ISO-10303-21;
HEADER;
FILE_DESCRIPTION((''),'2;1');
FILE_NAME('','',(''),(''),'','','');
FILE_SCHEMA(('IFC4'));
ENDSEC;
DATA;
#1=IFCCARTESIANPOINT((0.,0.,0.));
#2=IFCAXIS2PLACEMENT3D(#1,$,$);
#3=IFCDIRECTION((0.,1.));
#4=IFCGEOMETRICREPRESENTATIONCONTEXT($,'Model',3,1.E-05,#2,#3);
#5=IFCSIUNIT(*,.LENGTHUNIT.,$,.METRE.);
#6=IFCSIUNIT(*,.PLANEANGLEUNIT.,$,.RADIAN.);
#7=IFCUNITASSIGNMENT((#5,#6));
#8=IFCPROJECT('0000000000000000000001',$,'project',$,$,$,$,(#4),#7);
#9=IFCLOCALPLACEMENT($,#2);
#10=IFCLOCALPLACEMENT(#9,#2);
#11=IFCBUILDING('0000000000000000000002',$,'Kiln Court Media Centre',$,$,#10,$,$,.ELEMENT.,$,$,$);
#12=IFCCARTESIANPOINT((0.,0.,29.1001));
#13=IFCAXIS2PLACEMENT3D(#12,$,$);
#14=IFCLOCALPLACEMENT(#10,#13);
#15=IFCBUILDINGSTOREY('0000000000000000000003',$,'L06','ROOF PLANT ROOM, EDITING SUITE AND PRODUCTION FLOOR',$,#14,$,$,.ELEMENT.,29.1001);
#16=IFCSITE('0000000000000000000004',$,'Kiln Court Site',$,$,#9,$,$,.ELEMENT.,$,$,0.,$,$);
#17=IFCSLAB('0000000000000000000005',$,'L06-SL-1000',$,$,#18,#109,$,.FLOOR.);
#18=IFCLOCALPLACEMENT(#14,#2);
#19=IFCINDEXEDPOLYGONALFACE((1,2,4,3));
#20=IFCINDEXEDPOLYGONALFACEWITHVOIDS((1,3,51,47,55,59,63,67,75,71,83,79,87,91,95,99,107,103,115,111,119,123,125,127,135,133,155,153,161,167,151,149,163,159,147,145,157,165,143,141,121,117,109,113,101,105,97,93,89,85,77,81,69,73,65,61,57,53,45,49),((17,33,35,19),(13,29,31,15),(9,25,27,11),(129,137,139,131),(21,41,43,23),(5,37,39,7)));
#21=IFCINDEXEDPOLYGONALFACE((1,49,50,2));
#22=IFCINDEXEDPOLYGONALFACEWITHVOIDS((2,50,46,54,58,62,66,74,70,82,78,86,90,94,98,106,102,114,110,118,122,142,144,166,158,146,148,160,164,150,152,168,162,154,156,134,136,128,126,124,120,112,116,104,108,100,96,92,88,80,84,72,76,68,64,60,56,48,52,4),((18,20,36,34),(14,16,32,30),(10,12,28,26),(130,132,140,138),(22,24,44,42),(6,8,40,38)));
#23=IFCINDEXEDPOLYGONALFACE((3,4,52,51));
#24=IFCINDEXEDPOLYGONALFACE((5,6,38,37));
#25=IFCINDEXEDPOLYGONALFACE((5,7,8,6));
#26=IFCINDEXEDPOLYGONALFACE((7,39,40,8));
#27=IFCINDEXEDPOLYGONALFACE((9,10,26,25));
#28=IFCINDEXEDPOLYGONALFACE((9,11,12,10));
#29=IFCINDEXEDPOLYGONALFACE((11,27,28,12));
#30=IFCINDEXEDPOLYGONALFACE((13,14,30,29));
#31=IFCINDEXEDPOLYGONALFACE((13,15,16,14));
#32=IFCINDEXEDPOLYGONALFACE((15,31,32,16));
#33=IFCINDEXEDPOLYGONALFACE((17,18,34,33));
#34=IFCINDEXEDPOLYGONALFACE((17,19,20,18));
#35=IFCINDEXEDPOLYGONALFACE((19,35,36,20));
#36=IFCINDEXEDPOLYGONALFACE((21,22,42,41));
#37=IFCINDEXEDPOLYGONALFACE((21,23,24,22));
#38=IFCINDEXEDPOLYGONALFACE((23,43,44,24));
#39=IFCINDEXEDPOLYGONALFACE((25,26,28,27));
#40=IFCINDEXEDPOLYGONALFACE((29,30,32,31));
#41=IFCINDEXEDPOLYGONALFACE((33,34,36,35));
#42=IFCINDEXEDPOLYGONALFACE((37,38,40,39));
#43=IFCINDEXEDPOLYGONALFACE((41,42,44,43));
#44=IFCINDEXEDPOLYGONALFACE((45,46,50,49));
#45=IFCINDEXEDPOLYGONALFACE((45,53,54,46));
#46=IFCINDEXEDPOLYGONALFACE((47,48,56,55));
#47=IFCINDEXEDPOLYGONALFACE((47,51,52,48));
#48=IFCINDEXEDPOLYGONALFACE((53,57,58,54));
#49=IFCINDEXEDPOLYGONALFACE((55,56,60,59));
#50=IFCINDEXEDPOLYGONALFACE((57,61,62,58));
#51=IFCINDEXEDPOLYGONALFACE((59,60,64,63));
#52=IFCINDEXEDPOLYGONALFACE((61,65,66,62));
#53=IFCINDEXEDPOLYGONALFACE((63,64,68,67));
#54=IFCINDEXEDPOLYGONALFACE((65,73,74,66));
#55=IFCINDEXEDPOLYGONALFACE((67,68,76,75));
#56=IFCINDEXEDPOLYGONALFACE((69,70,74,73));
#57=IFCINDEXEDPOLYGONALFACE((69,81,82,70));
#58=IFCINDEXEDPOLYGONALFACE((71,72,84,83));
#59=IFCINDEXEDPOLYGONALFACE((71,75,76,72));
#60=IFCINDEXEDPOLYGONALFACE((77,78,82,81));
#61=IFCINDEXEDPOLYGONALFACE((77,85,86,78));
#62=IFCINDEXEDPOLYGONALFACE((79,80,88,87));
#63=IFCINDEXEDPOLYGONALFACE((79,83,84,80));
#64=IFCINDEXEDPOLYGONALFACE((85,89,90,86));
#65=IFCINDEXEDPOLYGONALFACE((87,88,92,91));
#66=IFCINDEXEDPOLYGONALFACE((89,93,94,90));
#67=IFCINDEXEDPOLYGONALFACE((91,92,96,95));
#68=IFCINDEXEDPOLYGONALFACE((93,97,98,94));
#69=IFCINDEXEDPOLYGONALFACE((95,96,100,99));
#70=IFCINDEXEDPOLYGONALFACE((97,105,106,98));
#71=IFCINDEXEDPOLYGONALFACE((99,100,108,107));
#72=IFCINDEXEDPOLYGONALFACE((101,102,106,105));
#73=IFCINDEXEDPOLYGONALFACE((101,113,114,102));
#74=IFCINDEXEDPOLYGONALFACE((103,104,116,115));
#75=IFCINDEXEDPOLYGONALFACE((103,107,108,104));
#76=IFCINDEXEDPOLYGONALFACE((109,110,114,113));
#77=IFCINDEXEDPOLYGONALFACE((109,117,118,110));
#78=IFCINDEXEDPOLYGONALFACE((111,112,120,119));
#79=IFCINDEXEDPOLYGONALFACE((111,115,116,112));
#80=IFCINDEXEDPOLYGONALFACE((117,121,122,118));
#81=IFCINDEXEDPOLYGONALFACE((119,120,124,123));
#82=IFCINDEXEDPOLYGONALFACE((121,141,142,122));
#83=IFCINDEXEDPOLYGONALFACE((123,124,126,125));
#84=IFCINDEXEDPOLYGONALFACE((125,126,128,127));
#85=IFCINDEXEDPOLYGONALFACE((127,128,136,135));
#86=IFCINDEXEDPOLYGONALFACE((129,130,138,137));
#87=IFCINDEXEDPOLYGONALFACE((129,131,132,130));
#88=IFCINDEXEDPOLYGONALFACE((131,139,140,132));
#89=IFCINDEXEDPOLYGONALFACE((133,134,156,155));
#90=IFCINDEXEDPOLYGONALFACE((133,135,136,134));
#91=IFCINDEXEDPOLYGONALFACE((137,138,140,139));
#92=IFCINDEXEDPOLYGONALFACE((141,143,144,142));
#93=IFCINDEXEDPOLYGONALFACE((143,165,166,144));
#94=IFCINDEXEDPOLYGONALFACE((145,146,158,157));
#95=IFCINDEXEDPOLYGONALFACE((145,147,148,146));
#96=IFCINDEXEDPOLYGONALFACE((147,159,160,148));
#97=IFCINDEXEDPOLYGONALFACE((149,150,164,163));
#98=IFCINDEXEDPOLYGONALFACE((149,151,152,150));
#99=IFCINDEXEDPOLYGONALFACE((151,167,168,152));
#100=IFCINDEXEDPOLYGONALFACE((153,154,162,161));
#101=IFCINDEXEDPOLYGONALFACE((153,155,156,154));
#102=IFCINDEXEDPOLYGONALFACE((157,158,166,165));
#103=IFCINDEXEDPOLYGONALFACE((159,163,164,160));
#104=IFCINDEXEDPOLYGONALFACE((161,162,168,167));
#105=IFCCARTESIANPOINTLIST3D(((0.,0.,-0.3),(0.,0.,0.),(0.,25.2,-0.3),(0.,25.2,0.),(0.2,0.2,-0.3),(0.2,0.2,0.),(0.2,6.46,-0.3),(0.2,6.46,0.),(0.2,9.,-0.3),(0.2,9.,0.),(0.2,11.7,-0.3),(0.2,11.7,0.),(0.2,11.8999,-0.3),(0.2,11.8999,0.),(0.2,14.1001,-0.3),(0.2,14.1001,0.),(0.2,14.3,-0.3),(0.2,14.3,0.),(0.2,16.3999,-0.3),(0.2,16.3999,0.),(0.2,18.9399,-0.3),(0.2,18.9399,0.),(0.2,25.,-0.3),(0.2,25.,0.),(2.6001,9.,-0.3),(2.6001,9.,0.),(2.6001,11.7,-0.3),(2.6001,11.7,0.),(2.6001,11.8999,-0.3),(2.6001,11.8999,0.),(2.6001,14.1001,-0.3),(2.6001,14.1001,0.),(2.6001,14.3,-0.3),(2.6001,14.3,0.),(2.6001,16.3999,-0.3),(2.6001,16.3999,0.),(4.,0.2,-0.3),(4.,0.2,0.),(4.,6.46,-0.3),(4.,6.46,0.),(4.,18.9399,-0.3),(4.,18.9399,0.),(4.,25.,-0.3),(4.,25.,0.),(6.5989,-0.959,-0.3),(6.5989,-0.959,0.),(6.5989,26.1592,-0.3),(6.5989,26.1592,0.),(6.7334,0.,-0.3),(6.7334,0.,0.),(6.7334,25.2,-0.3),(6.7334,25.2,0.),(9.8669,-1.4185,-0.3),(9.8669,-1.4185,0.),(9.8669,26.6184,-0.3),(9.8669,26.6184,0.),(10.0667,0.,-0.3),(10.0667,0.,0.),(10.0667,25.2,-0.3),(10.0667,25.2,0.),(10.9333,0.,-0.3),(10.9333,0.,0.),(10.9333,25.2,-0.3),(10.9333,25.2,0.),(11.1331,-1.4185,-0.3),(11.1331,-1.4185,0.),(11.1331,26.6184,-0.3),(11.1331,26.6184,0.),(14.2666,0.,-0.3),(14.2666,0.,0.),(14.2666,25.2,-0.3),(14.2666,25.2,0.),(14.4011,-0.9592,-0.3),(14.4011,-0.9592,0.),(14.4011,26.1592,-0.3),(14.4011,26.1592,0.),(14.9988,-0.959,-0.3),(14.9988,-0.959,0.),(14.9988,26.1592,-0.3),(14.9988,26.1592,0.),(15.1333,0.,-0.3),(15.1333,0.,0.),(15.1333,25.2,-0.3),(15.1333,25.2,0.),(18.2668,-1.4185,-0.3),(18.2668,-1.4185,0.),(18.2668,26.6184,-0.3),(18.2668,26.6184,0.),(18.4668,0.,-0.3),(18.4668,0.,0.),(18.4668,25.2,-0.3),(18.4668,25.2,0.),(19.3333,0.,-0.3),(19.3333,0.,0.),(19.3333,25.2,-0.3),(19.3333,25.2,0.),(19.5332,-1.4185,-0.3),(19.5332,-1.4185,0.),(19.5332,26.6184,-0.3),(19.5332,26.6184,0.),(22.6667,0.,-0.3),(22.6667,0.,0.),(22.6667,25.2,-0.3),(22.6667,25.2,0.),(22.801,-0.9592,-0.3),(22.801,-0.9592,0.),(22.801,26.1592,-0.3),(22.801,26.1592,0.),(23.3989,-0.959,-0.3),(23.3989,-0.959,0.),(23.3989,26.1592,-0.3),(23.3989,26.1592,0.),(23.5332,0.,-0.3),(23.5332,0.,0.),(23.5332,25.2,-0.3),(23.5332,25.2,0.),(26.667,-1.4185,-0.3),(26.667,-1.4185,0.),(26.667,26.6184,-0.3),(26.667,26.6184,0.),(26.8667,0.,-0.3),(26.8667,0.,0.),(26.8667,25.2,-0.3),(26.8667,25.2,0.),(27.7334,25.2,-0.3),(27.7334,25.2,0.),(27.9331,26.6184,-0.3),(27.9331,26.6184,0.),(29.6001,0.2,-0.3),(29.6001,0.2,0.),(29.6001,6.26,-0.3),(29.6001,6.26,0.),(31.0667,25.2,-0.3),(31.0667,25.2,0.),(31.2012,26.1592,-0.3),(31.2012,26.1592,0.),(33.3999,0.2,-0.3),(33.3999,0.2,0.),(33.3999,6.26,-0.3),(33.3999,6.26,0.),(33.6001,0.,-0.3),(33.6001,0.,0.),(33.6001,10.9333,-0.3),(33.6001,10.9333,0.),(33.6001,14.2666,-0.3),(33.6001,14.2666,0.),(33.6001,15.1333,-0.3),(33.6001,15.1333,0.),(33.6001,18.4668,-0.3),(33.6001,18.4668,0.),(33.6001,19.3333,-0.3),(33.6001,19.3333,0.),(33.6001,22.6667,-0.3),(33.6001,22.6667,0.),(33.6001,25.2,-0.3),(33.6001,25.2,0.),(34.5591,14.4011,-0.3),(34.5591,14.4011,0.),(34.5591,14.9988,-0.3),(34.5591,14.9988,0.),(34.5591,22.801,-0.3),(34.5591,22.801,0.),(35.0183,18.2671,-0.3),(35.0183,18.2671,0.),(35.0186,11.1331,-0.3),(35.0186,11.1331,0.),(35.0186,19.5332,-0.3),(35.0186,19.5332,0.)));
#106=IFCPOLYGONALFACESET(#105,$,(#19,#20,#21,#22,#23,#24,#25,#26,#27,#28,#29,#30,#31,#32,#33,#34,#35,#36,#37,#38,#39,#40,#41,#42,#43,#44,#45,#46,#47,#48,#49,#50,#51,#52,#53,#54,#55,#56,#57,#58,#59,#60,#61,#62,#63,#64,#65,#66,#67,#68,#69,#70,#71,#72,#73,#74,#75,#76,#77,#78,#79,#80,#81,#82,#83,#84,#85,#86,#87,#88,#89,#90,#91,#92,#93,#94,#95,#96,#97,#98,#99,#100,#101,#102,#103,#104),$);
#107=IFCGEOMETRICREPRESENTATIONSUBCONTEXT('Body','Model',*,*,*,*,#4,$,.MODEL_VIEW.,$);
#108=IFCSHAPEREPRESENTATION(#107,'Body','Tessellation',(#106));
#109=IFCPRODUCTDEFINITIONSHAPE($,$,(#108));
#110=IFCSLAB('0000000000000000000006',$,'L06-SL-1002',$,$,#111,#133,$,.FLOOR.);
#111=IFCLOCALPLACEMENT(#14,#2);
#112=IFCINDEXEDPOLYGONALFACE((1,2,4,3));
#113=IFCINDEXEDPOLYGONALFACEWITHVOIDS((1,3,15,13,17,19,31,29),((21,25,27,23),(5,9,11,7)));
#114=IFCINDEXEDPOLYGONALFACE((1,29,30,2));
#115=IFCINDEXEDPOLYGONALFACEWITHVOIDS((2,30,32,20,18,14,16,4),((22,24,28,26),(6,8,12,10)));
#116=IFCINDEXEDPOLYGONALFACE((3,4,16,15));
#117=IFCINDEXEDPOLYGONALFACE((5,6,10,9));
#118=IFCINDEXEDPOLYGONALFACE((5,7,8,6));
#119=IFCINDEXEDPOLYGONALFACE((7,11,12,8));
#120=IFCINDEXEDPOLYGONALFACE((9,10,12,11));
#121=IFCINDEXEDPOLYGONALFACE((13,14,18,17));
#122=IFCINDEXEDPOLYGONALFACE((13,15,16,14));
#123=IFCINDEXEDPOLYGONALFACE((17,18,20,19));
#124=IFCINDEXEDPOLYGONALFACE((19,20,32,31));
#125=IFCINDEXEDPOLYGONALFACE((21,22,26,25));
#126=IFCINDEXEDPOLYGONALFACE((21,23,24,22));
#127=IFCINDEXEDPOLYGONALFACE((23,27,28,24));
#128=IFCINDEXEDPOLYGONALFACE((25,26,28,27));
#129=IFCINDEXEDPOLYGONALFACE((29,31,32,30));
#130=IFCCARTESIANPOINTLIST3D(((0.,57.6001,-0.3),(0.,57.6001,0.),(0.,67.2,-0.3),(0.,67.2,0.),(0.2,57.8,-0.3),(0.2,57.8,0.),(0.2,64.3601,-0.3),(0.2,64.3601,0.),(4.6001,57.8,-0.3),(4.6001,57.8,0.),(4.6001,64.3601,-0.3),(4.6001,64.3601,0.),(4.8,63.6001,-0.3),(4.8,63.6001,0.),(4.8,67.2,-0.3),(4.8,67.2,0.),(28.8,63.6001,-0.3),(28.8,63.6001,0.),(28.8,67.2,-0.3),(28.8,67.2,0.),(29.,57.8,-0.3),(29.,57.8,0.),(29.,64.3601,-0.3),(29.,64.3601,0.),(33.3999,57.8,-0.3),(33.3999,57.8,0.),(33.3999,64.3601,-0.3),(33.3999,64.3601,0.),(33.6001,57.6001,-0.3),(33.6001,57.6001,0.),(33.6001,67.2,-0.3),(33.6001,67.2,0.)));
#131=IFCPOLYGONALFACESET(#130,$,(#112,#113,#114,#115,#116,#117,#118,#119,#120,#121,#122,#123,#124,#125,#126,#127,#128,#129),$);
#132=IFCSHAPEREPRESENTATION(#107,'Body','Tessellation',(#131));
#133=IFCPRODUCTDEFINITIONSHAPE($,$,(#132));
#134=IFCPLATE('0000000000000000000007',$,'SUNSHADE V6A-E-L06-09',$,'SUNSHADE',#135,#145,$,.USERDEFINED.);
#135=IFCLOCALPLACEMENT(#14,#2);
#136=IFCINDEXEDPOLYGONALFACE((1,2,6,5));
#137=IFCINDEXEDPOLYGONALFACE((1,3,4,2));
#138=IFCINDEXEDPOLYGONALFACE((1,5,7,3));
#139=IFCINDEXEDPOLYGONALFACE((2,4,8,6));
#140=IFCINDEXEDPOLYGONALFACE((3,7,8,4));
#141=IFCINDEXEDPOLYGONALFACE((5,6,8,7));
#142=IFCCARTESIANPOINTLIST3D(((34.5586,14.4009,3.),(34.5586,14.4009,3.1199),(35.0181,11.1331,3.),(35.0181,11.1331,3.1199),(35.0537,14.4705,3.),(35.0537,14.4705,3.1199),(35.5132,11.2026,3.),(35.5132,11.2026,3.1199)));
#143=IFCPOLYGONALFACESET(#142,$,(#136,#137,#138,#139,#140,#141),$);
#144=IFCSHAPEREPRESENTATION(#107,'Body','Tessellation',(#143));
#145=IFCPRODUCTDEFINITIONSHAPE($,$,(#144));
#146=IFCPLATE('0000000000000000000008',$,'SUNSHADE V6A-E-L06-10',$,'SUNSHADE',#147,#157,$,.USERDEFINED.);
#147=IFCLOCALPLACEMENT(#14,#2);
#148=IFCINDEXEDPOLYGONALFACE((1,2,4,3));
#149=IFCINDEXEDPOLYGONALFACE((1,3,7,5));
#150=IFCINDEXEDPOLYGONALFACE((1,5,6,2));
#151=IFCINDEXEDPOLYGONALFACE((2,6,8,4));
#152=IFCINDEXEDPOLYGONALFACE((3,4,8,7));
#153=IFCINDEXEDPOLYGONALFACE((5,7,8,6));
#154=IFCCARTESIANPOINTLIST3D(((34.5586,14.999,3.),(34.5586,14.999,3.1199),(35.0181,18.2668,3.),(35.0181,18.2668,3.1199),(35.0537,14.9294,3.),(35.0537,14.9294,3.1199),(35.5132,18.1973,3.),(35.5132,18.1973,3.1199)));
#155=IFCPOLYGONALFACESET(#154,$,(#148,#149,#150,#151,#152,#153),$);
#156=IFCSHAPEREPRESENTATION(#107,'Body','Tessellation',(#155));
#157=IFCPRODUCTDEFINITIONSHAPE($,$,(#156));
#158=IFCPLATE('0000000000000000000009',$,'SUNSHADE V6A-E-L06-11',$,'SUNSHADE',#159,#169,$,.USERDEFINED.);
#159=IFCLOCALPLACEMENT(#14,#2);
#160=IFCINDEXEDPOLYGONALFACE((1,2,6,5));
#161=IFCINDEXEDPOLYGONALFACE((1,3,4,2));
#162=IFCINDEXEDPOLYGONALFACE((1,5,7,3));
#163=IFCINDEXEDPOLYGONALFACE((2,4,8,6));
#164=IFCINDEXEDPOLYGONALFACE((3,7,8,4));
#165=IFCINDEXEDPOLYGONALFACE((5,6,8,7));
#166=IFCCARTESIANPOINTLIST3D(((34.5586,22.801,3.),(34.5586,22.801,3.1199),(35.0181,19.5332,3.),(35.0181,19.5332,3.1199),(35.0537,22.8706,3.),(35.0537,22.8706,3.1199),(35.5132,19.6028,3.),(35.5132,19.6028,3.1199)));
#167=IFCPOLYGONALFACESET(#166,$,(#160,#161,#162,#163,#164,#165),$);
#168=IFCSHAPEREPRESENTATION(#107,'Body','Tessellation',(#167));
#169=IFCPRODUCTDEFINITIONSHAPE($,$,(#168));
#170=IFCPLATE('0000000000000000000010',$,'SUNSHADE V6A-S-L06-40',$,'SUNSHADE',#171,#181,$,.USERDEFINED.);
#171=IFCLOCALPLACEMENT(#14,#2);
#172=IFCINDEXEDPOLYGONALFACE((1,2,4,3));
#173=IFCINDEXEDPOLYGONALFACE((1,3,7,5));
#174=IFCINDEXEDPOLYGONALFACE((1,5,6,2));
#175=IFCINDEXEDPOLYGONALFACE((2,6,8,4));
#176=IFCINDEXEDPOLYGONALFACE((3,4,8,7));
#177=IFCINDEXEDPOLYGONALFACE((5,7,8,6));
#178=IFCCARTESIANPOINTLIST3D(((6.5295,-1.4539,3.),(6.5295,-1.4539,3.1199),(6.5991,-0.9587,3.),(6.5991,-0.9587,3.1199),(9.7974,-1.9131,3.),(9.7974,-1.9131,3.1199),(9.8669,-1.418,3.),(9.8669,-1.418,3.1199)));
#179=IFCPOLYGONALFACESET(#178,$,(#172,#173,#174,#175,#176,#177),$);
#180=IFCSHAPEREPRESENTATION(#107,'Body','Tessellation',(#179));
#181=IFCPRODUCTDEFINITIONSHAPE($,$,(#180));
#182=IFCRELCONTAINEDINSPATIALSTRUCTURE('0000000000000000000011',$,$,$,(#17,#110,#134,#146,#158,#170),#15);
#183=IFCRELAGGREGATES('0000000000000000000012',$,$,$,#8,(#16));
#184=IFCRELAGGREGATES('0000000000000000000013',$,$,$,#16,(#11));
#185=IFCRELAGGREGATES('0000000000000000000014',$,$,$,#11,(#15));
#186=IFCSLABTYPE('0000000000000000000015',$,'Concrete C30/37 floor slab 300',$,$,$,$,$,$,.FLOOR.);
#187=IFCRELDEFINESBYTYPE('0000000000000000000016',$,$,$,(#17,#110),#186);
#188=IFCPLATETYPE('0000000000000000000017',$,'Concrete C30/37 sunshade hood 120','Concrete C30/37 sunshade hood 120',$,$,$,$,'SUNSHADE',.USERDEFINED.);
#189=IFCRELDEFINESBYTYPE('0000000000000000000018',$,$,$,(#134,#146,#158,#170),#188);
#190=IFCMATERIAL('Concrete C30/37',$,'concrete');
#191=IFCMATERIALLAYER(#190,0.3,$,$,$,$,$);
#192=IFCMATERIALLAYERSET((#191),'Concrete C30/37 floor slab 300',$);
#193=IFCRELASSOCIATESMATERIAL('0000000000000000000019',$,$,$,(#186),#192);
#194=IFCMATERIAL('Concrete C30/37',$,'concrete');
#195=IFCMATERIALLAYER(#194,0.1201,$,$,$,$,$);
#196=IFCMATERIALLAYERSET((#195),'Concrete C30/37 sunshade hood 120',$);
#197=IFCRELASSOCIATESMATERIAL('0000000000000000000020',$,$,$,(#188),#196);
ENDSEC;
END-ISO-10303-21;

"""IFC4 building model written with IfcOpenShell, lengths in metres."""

from ifc_helpers import new_model, si_unit, direction, frame, origin, place, context, subcontext, project, spatial, polyline, outline, extrude, material, layer, layer_set, type_object, element, save


model = new_model("IFC4")

# Units and contexts
model_context = context("Model", 3, precision=1e-05, world=origin(), true_north=direction((0.0, 1.0)))
body_context = subcontext(model_context, "Body", "Model", "MODEL_VIEW")
ifc_project = project(units=[si_unit("LENGTHUNIT", "METRE"), si_unit("PLANEANGLEUNIT", "RADIAN")], contexts=[model_context])

# Site, building, storey
site_placement = place(None, origin())
site = spatial("IfcSite", under=ifc_project, at=site_placement, Name="Kiln Court Site", CompositionType="ELEMENT", RefElevation=0.0)
building_placement = place(site_placement, origin())
building = spatial("IfcBuilding", under=site, at=building_placement, Name="Kiln Court Media Centre", CompositionType="ELEMENT")
storey_placement = place(building_placement, frame((0.0, 0.0, 29.1001)))
storey = spatial("IfcBuildingStorey", under=building, at=storey_placement, Name="L06", Description="ROOF PLANT ROOM, EDITING SUITE AND PRODUCTION FLOOR", CompositionType="ELEMENT", Elevation=29.1001)

# Slabs
ifc_material_1 = material(Name="Concrete C30/37", Category="concrete")
ifc_layer_1 = layer(ifc_material_1, 0.3)
ifc_layer_set_1 = layer_set([ifc_layer_1], Name="Concrete C30/37 floor slab 300")
slab_type_1 = type_object("IfcSlabType", Name="Concrete C30/37 floor slab 300", PredefinedType="FLOOR", material=ifc_layer_set_1)
slab_1_placement = place(storey_placement, frame((0.0, 0.0, -0.3)))
element("IfcSlab", 1, at=slab_1_placement, inside=storey, type_object=slab_type_1, Name="L06-SL-1000", PredefinedType="FLOOR", context=body_context, shape_type="SweptSolid", body=[
    extrude(outline(polyline([(9.8669, -1.4185), (6.5989, -0.959), (6.7334, 0.0), (0.0, 0.0), (0.0, 25.2), (6.7334, 25.2), (6.5989, 26.1592), (9.8669, 26.6184), (10.0667, 25.2), (10.9333, 25.2), (11.1331, 26.6184), (14.4011, 26.1592), (14.2666, 25.2), (15.1333, 25.2), (14.9988, 26.1592), (18.2668, 26.6184), (18.4668, 25.2), (19.3333, 25.2), (19.5332, 26.6184), (22.801, 26.1592), (22.6667, 25.2), (23.5332, 25.2), (23.3989, 26.1592), (26.667, 26.6184), (26.8667, 25.2), (27.7334, 25.2), (27.9331, 26.6184), (31.2012, 26.1592), (31.0667, 25.2), (33.6001, 25.2), (33.6001, 22.6667), (34.5591, 22.801), (35.0186, 19.5332), (33.6001, 19.3333), (33.6001, 18.4668), (35.0183, 18.2671), (34.5591, 14.9988), (33.6001, 15.1333), (33.6001, 14.2666), (34.5591, 14.4011), (35.0186, 11.1331), (33.6001, 10.9333), (33.6001, 0.0), (26.8667, 0.0), (26.667, -1.4185), (23.3989, -0.959), (23.5332, 0.0), (22.6667, 0.0), (22.801, -0.9592), (19.5332, -1.4185), (19.3333, 0.0), (18.4668, 0.0), (18.2668, -1.4185), (14.9988, -0.959), (15.1333, 0.0), (14.2666, 0.0), (14.4011, -0.9592), (11.1331, -1.4185), (10.9333, 0.0), (10.0667, 0.0), (9.8669, -1.4185)]), holes=[polyline([(0.2, 0.2), (4.0, 0.2), (4.0, 6.46), (0.2, 6.46), (0.2, 0.2)]), polyline([(29.6001, 0.2), (33.3999, 0.2), (33.3999, 6.26), (29.6001, 6.26), (29.6001, 0.2)]), polyline([(0.2, 9.0), (2.6001, 9.0), (2.6001, 11.7), (0.2, 11.7), (0.2, 9.0)]), polyline([(0.2, 11.8999), (2.6001, 11.8999), (2.6001, 14.1001), (0.2, 14.1001), (0.2, 11.8999)]), polyline([(0.2, 14.3), (2.6001, 14.3), (2.6001, 16.3999), (0.2, 16.3999), (0.2, 14.3)]), polyline([(0.2, 18.9399), (4.0, 18.9399), (4.0, 25.0), (0.2, 25.0), (0.2, 18.9399)])]), origin(), (0.0, 0.0, 1.0), 0.3),
])
slab_2_placement = place(storey_placement, frame((0.0, 0.0, -0.3)))
element("IfcSlab", 2, at=slab_2_placement, inside=storey, type_object=slab_type_1, Name="L06-SL-1002", PredefinedType="FLOOR", context=body_context, shape_type="SweptSolid", body=[
    extrude(outline(polyline([(0.0, 57.6001), (0.0, 67.2), (4.8, 67.2), (4.8, 63.6001), (28.8, 63.6001), (28.8, 67.2), (33.6001, 67.2), (33.6001, 57.6001), (0.0, 57.6001)]), holes=[polyline([(0.2, 57.8), (4.6001, 57.8), (4.6001, 64.3601), (0.2, 64.3601), (0.2, 57.8)]), polyline([(29.0, 57.8), (33.3999, 57.8), (33.3999, 64.3601), (29.0, 64.3601), (29.0, 57.8)])]), origin(), (0.0, 0.0, 1.0), 0.3),
])

# Plates
ifc_material_2 = material(Name="Concrete C30/37", Category="concrete")
ifc_layer_2 = layer(ifc_material_2, 0.1201)
ifc_layer_set_2 = layer_set([ifc_layer_2], Name="Concrete C30/37 sunshade hood 120")
plate_type_1 = type_object("IfcPlateType", Name="Concrete C30/37 sunshade hood 120", Description="Concrete C30/37 sunshade hood 120", ElementType="SUNSHADE", PredefinedType="USERDEFINED", material=ifc_layer_set_2)
plate_1_placement = place(storey_placement, frame((0.0, 0.0, 3.0)))
element("IfcPlate", 3, at=plate_1_placement, inside=storey, type_object=plate_type_1, Name="SUNSHADE V6A-E-L06-09", ObjectType="SUNSHADE", PredefinedType="USERDEFINED", context=body_context, shape_type="SweptSolid", body=[
    extrude(outline(polyline([(35.0181, 11.1331), (34.5586, 14.4009), (35.0537, 14.4705), (35.5132, 11.2026), (35.0181, 11.1331)])), origin(), (0.0, 0.0, 1.0), 0.1199),
])
plate_2_placement = place(storey_placement, frame((0.0, 0.0, 3.0)))
element("IfcPlate", 4, at=plate_2_placement, inside=storey, type_object=plate_type_1, Name="SUNSHADE V6A-E-L06-10", ObjectType="SUNSHADE", PredefinedType="USERDEFINED", context=body_context, shape_type="SweptSolid", body=[
    extrude(outline(polyline([(34.5586, 14.999), (35.0181, 18.2668), (35.5132, 18.1973), (35.0537, 14.9294), (34.5586, 14.999)])), origin(), (0.0, 0.0, 1.0), 0.1199),
])
plate_3_placement = place(storey_placement, frame((0.0, 0.0, 3.0)))
element("IfcPlate", 5, at=plate_3_placement, inside=storey, type_object=plate_type_1, Name="SUNSHADE V6A-E-L06-11", ObjectType="SUNSHADE", PredefinedType="USERDEFINED", context=body_context, shape_type="SweptSolid", body=[
    extrude(outline(polyline([(35.0181, 19.5332), (34.5586, 22.801), (35.0537, 22.8706), (35.5132, 19.6028), (35.0181, 19.5332)])), origin(), (0.0, 0.0, 1.0), 0.1199),
])
plate_4_placement = place(storey_placement, frame((0.0, 0.0, 3.0)))
element("IfcPlate", 6, at=plate_4_placement, inside=storey, type_object=plate_type_1, Name="SUNSHADE V6A-S-L06-40", ObjectType="SUNSHADE", PredefinedType="USERDEFINED", context=body_context, shape_type="SweptSolid", body=[
    extrude(outline(polyline([(6.5991, -0.9587), (9.8669, -1.418), (9.7974, -1.9131), (6.5295, -1.4539), (6.5991, -0.9587)])), origin(), (0.0, 0.0, 1.0), 0.1199),
])

save(model, "model.ifc")
